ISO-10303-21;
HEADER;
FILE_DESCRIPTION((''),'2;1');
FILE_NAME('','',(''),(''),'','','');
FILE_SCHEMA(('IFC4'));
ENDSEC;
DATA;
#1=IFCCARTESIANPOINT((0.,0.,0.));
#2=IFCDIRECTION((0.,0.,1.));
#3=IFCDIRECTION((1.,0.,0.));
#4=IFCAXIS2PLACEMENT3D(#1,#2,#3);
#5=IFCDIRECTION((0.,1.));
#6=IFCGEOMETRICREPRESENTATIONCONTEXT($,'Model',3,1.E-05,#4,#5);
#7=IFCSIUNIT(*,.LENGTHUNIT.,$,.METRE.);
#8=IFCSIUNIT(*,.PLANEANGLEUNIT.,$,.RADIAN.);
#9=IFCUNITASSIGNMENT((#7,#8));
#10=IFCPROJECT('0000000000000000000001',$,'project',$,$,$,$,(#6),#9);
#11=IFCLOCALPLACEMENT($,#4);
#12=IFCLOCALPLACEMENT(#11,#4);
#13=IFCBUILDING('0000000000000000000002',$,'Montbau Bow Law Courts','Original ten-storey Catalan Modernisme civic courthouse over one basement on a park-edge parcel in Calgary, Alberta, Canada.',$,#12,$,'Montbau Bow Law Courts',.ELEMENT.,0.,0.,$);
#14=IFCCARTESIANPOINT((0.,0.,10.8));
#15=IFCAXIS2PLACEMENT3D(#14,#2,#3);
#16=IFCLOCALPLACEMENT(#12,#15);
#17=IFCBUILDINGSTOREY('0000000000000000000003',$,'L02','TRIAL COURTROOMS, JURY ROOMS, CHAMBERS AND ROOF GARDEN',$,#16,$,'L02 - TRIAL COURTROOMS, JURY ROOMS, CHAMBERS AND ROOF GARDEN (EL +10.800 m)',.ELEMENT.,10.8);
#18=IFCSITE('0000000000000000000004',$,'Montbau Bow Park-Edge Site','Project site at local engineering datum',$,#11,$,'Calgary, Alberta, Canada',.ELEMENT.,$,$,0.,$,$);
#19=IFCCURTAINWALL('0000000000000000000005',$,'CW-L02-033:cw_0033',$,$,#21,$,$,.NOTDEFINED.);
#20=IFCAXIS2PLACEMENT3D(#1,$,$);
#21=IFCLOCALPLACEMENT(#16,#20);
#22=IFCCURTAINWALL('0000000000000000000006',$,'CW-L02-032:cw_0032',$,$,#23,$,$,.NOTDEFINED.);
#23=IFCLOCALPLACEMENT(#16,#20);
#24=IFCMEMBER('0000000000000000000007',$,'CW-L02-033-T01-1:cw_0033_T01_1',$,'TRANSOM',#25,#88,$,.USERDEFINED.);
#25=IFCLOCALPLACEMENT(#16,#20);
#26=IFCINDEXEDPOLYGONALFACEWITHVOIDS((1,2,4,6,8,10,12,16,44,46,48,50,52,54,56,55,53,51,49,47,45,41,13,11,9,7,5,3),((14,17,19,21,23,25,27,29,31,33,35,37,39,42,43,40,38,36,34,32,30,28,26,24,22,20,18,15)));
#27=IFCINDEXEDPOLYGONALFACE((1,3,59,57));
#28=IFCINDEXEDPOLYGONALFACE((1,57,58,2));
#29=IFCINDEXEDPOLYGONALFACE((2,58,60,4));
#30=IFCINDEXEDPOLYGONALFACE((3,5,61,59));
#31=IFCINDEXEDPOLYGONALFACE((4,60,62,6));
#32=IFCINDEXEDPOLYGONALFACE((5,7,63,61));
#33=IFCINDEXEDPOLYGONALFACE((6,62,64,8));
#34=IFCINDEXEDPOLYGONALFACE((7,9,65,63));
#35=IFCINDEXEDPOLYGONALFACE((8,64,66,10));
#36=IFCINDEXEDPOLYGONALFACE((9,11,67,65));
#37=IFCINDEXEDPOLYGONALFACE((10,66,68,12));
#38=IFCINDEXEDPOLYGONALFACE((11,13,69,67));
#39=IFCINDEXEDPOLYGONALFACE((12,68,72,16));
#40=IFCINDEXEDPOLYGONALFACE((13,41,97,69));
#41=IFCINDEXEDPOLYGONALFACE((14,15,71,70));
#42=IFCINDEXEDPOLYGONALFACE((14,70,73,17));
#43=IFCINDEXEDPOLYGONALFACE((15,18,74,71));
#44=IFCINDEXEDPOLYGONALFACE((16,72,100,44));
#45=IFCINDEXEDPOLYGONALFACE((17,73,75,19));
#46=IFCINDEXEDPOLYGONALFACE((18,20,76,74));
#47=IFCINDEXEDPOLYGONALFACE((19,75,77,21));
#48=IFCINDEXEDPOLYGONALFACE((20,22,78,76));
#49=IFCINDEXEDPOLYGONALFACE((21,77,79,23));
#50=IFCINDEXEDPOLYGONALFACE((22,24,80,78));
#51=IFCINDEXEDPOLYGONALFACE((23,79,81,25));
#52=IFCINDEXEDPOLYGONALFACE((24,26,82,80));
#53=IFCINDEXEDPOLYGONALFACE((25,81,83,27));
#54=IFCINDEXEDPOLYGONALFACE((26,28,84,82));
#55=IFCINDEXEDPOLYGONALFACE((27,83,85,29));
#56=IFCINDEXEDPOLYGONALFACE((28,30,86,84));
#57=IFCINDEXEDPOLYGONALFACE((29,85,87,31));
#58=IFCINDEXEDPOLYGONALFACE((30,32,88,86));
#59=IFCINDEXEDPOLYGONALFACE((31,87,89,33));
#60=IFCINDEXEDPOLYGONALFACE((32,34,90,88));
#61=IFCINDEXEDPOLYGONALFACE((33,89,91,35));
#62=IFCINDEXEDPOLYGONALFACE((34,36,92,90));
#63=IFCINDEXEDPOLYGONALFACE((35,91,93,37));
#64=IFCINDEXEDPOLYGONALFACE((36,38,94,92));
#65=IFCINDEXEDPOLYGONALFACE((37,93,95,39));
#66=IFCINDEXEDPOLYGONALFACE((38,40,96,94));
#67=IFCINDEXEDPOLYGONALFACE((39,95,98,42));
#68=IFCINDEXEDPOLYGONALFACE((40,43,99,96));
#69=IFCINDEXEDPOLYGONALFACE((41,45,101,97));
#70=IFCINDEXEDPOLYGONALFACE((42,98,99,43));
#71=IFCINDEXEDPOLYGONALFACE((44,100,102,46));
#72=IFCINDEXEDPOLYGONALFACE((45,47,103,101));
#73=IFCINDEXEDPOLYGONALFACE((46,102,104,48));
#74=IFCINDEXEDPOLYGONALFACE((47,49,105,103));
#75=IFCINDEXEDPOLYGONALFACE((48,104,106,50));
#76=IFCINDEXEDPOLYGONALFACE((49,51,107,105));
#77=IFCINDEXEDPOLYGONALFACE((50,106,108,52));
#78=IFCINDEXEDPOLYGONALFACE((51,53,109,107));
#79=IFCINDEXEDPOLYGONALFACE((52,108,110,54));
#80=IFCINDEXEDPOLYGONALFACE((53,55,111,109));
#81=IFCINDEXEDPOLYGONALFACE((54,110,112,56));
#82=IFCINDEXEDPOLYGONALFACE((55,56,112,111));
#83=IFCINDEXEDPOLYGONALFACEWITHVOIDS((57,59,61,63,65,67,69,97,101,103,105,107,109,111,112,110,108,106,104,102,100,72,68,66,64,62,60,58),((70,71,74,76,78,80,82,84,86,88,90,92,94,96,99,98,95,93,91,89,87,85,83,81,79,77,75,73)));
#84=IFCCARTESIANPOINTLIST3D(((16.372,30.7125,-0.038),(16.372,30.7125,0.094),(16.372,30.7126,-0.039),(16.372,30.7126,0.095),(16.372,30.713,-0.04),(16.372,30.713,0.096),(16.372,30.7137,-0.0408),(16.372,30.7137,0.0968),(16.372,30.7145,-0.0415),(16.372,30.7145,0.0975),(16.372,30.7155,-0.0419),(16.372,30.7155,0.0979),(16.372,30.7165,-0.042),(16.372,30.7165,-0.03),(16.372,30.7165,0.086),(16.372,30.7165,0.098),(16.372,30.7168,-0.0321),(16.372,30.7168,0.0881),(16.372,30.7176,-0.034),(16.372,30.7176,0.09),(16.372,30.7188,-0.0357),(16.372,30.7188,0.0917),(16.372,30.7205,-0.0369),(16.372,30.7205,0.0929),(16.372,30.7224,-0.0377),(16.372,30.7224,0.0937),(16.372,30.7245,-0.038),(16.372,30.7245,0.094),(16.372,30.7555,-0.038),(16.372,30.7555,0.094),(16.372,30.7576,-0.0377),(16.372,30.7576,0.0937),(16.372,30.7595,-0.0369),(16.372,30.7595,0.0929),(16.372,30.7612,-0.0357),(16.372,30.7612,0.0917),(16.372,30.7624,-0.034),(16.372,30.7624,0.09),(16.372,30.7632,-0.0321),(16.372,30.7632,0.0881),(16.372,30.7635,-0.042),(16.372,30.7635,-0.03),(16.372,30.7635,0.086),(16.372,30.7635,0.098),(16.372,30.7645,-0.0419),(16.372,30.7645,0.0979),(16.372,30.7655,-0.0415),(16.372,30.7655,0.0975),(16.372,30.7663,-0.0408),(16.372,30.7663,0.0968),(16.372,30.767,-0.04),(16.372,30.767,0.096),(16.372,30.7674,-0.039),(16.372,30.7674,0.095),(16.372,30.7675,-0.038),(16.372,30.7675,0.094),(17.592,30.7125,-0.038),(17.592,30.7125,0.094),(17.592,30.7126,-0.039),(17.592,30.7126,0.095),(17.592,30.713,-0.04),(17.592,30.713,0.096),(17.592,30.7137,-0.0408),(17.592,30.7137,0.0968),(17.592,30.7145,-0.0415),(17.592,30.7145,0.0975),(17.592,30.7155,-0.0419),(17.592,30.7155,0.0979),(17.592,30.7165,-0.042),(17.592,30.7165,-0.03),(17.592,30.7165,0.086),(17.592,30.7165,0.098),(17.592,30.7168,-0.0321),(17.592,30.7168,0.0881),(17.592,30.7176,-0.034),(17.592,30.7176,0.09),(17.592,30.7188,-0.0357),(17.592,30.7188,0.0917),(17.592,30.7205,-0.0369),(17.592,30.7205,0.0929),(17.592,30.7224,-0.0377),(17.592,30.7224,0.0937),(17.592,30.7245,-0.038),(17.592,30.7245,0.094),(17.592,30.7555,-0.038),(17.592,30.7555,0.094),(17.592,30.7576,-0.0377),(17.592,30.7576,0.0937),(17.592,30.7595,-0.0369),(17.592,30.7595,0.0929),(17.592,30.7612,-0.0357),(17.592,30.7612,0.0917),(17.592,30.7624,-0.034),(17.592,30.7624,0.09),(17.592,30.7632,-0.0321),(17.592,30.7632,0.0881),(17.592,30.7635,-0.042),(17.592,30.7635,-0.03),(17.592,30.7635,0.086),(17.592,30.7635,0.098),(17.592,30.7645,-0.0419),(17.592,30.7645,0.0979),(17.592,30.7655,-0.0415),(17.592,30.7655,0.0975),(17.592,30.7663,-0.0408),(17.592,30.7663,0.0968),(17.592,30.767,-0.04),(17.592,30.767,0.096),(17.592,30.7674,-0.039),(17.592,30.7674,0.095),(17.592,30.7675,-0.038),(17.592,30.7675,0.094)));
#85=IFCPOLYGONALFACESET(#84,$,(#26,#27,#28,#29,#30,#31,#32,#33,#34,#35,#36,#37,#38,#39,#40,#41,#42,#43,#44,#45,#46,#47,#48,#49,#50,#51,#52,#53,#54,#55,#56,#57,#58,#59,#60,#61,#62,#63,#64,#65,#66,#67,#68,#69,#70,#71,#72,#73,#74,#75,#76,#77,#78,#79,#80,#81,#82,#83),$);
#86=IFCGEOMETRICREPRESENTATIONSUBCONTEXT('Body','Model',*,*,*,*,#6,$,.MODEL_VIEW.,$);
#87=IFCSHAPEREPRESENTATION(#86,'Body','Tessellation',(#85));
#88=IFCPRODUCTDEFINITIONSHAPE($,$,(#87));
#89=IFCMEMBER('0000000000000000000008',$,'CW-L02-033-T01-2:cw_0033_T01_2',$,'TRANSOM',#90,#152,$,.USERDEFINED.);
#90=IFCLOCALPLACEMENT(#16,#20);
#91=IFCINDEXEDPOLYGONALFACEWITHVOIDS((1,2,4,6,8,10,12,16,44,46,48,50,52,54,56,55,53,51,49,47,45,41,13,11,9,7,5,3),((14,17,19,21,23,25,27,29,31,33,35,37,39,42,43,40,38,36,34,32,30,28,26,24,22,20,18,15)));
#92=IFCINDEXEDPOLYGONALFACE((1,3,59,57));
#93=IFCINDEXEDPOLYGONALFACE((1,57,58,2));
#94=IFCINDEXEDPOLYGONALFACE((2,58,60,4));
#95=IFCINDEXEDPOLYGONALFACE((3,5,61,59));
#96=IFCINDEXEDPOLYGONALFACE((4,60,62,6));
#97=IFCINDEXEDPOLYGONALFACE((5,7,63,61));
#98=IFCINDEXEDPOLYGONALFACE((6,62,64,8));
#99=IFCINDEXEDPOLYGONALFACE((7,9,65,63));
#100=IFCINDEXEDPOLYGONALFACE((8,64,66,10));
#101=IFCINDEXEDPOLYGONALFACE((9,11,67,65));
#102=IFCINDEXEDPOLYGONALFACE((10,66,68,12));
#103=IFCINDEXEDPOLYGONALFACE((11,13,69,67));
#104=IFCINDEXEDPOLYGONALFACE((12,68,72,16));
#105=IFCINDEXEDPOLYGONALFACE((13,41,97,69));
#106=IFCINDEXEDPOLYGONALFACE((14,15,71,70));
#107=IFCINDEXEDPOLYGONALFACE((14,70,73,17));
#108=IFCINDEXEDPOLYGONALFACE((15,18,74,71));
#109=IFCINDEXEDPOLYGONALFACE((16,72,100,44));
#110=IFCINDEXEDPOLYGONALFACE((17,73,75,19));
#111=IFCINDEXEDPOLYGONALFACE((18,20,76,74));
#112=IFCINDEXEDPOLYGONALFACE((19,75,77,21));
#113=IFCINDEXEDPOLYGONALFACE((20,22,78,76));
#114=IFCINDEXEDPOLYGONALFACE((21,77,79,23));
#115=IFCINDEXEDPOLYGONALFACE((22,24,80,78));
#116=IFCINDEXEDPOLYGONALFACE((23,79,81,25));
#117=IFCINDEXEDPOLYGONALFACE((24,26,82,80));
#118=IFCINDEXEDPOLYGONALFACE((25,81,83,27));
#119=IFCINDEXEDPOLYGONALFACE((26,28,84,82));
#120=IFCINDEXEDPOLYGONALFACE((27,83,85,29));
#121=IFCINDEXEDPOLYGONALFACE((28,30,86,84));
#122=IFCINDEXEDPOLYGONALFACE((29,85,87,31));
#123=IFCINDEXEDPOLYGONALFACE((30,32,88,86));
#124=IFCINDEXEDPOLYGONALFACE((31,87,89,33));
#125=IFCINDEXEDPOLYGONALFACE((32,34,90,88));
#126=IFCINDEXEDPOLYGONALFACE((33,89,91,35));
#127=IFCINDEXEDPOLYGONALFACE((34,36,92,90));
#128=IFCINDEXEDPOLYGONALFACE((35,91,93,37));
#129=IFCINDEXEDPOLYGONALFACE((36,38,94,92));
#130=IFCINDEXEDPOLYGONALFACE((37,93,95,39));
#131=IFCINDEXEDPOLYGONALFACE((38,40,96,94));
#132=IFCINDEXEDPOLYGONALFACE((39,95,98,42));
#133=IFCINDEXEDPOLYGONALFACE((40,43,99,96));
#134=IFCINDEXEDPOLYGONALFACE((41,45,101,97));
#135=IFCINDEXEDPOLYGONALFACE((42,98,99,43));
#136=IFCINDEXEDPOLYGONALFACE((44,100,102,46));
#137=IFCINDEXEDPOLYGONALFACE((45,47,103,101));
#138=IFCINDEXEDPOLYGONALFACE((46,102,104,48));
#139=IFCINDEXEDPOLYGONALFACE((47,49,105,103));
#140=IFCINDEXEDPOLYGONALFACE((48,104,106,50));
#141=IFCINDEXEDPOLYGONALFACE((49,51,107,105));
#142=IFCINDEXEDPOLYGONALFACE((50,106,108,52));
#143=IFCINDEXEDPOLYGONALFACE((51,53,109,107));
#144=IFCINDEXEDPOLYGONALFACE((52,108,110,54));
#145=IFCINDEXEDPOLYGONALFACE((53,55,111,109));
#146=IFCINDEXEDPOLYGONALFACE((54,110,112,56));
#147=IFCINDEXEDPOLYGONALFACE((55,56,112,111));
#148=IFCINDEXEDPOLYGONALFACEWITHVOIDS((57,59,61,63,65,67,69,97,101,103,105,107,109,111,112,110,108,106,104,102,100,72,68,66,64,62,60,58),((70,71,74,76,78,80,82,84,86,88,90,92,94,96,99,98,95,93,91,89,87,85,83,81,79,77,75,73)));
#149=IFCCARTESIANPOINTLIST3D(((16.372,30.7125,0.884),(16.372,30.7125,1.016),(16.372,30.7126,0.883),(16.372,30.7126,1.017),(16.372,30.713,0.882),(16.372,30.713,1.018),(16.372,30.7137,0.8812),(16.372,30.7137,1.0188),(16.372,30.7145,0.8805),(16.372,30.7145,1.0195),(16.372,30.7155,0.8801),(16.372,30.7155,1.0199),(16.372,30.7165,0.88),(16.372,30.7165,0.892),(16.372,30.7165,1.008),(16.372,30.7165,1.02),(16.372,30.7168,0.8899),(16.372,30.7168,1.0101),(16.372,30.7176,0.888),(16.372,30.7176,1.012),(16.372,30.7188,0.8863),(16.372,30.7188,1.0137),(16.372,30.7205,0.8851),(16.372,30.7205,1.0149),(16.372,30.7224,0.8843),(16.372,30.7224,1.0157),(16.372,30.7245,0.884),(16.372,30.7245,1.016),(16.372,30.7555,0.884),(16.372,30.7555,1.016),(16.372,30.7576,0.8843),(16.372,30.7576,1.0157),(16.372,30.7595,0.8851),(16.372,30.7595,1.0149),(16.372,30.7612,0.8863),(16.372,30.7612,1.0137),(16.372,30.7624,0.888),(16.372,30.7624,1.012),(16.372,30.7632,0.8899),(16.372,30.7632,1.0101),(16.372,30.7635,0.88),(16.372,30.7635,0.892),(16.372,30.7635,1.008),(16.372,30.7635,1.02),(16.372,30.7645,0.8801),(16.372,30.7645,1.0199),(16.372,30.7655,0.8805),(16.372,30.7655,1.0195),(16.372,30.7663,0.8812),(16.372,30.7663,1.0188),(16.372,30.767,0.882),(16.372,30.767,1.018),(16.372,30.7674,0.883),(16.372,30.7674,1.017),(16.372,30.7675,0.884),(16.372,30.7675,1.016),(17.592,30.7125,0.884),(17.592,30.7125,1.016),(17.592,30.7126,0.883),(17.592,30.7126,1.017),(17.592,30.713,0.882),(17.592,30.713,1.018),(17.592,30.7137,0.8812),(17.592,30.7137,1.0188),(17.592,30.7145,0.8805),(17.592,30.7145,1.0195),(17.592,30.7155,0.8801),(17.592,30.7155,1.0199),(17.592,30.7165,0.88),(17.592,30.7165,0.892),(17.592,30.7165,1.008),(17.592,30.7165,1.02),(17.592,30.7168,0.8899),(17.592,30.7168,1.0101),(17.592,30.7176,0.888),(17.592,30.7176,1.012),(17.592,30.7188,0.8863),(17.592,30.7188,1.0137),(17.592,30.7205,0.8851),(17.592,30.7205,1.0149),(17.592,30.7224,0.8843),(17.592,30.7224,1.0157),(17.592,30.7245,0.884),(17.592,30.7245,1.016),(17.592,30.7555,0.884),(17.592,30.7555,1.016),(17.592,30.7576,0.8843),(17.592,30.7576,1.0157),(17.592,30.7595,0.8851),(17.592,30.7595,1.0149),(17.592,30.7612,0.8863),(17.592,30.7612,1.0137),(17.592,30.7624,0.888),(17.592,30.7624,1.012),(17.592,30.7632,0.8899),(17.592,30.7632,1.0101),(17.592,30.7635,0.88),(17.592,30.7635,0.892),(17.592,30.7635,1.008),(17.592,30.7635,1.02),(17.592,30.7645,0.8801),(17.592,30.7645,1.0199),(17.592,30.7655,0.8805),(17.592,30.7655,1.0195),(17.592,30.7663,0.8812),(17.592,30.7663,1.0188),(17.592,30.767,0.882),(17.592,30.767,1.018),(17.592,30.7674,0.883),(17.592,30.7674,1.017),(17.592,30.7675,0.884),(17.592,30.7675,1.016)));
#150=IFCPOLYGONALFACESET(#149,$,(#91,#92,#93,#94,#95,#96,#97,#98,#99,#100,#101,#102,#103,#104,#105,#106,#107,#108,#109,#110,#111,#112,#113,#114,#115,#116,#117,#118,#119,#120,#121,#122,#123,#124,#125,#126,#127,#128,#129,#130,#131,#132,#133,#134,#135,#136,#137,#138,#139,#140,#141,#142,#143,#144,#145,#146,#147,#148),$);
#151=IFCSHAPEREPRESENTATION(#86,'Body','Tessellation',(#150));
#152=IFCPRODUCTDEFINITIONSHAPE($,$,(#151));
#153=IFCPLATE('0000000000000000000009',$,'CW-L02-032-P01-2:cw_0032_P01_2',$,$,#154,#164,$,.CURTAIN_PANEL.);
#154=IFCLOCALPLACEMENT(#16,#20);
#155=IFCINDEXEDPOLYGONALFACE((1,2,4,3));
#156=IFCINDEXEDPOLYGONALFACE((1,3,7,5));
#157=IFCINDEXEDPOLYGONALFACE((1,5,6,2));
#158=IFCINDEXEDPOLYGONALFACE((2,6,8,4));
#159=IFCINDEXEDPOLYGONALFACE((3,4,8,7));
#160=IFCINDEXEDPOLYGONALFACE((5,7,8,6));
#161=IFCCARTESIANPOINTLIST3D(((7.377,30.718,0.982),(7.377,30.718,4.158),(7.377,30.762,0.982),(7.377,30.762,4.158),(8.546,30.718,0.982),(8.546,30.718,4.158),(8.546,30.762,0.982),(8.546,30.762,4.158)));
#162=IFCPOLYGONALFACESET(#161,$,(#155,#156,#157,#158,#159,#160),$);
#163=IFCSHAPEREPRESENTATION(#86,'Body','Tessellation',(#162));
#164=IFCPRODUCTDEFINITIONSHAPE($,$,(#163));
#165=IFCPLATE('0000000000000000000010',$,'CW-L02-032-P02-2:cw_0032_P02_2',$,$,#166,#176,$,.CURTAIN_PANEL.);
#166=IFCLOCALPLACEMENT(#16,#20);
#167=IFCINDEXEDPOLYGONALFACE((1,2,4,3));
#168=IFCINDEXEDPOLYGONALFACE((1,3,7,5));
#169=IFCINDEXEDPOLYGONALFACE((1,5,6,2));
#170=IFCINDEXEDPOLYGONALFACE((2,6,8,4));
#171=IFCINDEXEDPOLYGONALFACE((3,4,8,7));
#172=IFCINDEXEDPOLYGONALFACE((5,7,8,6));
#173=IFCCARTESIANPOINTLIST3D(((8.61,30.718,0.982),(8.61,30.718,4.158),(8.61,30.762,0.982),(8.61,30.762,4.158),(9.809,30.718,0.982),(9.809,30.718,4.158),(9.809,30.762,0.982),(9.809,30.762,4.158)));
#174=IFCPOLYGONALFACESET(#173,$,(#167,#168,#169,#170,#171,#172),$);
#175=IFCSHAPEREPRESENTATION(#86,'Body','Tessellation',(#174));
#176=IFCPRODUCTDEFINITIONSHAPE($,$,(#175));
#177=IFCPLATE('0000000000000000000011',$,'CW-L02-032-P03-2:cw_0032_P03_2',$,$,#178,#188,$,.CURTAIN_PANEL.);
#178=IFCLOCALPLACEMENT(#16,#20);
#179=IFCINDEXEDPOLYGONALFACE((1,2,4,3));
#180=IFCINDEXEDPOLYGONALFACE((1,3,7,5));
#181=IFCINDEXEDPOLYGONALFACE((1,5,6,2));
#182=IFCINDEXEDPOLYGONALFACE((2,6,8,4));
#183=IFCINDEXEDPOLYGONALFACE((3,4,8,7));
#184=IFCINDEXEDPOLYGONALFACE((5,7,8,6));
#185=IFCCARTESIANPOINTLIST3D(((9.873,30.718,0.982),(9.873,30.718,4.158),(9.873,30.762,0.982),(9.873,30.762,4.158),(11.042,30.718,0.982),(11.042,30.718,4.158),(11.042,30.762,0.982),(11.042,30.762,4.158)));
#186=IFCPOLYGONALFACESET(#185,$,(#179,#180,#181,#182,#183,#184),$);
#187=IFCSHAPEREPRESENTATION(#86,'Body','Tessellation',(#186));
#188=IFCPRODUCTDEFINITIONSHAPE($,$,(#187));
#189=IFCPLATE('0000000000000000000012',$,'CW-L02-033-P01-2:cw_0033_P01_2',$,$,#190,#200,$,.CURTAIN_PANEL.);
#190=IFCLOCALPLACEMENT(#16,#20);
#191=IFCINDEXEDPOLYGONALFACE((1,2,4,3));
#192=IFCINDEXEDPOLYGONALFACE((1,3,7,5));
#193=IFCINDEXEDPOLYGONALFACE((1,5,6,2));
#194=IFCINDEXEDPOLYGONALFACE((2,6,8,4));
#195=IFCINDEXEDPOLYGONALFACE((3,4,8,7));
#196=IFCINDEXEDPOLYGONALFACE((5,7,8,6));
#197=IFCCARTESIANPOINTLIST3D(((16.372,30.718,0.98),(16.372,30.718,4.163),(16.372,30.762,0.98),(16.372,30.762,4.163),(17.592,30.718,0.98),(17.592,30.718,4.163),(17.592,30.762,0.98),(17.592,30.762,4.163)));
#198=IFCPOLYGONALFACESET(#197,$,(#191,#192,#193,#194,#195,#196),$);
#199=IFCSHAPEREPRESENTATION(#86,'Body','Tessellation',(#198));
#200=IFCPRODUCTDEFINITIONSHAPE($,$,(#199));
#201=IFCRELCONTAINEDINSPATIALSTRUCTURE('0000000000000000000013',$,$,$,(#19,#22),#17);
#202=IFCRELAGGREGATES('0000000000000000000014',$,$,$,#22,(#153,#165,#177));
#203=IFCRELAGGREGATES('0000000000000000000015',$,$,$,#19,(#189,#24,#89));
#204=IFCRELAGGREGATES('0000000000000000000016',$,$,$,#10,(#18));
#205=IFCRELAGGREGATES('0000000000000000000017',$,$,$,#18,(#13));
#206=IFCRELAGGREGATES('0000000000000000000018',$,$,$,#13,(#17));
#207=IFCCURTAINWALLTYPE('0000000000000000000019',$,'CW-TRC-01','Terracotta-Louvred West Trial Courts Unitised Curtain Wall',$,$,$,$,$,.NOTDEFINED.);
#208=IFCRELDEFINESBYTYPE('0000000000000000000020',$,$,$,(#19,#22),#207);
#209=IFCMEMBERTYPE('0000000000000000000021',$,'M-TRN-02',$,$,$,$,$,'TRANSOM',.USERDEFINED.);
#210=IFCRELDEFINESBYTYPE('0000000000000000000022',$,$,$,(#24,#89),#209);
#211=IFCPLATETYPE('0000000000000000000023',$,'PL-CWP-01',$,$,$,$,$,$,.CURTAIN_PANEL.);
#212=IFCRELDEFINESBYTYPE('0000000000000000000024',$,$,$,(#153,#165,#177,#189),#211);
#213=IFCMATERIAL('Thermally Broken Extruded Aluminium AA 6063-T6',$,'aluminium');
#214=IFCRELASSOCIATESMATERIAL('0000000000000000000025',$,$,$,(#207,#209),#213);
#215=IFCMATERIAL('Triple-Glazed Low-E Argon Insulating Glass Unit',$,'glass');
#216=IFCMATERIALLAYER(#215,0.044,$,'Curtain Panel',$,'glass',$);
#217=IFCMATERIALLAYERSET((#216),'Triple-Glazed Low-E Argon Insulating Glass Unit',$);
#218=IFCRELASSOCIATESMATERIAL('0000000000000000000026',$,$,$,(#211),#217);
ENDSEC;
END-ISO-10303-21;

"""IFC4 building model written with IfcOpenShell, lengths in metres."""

from ifc_helpers import new_model, si_unit, direction, frame, frame_2d, origin_with_axes, origin_2d_with_axis, place, context, subcontext, project, spatial, rectangle, hollow_rectangle, extrude, material, layer, layer_set, material_profile, profile_set, type_object, element, aggregate, save


model = new_model("IFC4")

# Units and contexts
model_context = context("Model", 3, precision=1e-05, world=origin_with_axes(), true_north=direction((0.0, 1.0)))
body_context = subcontext(model_context, "Body", "Model", "MODEL_VIEW")
ifc_project = project(units=[si_unit("LENGTHUNIT", "METRE"), si_unit("PLANEANGLEUNIT", "RADIAN")], contexts=[model_context])

# Site, building, storey
site_placement = place(None, origin_with_axes())
site = spatial("IfcSite", under=ifc_project, at=site_placement, Name="Montbau Bow Park-Edge Site", Description="Project site at local engineering datum", LongName="Calgary, Alberta, Canada", CompositionType="ELEMENT", RefElevation=0.0)
building_placement = place(site_placement, origin_with_axes())
building = spatial("IfcBuilding", under=site, at=building_placement, Name="Montbau Bow Law Courts", Description="Original ten-storey Catalan Modernisme civic courthouse over one basement on a park-edge parcel in Calgary, Alberta, Canada.", LongName="Montbau Bow Law Courts", CompositionType="ELEMENT", ElevationOfRefHeight=0.0, ElevationOfTerrain=0.0)
storey_placement = place(building_placement, frame((0.0, 0.0, 10.8), z_axis=(0.0, 0.0, 1.0), x_axis=(1.0, 0.0, 0.0)))
storey = spatial("IfcBuildingStorey", under=building, at=storey_placement, Name="L02", Description="TRIAL COURTROOMS, JURY ROOMS, CHAMBERS AND ROOF GARDEN", LongName="L02 - TRIAL COURTROOMS, JURY ROOMS, CHAMBERS AND ROOF GARDEN (EL +10.800 m)", CompositionType="ELEMENT", Elevation=10.8)

# Curtain wall
ifc_material_1 = material(Name="Thermally Broken Extruded Aluminium AA 6063-T6", Category="aluminium")
curtain_wall_type = type_object("IfcCurtainWallType", Name="CW-TRC-01", Description="Terracotta-Louvred West Trial Courts Unitised Curtain Wall", PredefinedType="NOTDEFINED", material=ifc_material_1)
curtain_wall_1_placement = place(None, frame((16.296, 30.74, 10.8), z_axis=(0.0, 0.0, 1.0), x_axis=(1.0, 0.0, 0.0)))
curtain_wall_1 = element("IfcCurtainWall", 1, at=curtain_wall_1_placement, inside=storey, type_object=curtain_wall_type, Name="CW-L02-033:cw_0033", PredefinedType="NOTDEFINED")

# Curtain wall
curtain_wall_2_placement = place(None, frame((7.315, 30.74, 10.8), z_axis=(0.0, 0.0, 1.0), x_axis=(1.0, 0.0, 0.0)))
curtain_wall_2 = element("IfcCurtainWall", 2, at=curtain_wall_2_placement, inside=storey, type_object=curtain_wall_type, Name="CW-L02-032:cw_0032", PredefinedType="NOTDEFINED")

# Members
ifc_material_profile_1 = material_profile(ifc_material_1, hollow_rectangle(XDim=0.055, YDim=0.14, WallThickness=0.004, InnerFilletRadius=0.008, OuterFilletRadius=0.004, at=origin_2d_with_axis()), Name="CWT-140X55", Category="Main", Priority=0)
ifc_profile_set_1 = profile_set([ifc_material_profile_1], Name="Thermally Broken Extruded Aluminium AA 6063-T6")
member_type_1 = type_object("IfcMemberType", Name="M-TRN-02", ElementType="TRANSOM", PredefinedType="USERDEFINED", material=ifc_profile_set_1)
member_1_placement = place(None, frame((16.372, 30.74, 10.828), z_axis=(1.0, 0.0, 0.0), x_axis=(0.0, 1.0, 0.0)))
member_1 = element("IfcMember", 3, at=member_1_placement, type_object=member_type_1, Name="CW-L02-033-T01-1:cw_0033_T01_1", ObjectType="TRANSOM", PredefinedType="USERDEFINED", context=body_context, shape_type="SweptSolid", body=[
    extrude(hollow_rectangle(XDim=0.055, YDim=0.14, WallThickness=0.004, InnerFilletRadius=0.008, OuterFilletRadius=0.004, at=origin_2d_with_axis()), origin_with_axes(), (0.0, 0.0, 1.0), 1.22),
])
member_2_placement = place(None, frame((16.372, 30.74, 11.75), z_axis=(1.0, 0.0, 0.0), x_axis=(0.0, 1.0, 0.0)))
member_2 = element("IfcMember", 4, at=member_2_placement, type_object=member_type_1, Name="CW-L02-033-T01-2:cw_0033_T01_2", ObjectType="TRANSOM", PredefinedType="USERDEFINED", context=body_context, shape_type="SweptSolid", body=[
    extrude(hollow_rectangle(XDim=0.055, YDim=0.14, WallThickness=0.004, InnerFilletRadius=0.008, OuterFilletRadius=0.004, at=origin_2d_with_axis()), origin_with_axes(), (0.0, 0.0, 1.0), 1.22),
])

# Plates
ifc_material_2 = material(Name="Triple-Glazed Low-E Argon Insulating Glass Unit", Category="glass")
ifc_layer_1 = layer(ifc_material_2, 0.044, Name="Curtain Panel", Category="glass")
ifc_layer_set_1 = layer_set([ifc_layer_1], Name="Triple-Glazed Low-E Argon Insulating Glass Unit")
plate_type_1 = type_object("IfcPlateType", Name="PL-CWP-01", PredefinedType="CURTAIN_PANEL", material=ifc_layer_set_1)
plate_1_placement = place(None, frame((7.377, 30.74, 11.782), z_axis=(0.0, -1.0, 0.0), x_axis=(1.0, 0.0, 0.0)))
plate_1 = element("IfcPlate", 5, at=plate_1_placement, type_object=plate_type_1, Name="CW-L02-032-P01-2:cw_0032_P01_2", PredefinedType="CURTAIN_PANEL", context=body_context, shape_type="SweptSolid", body=[
    extrude(rectangle(XDim=1.169, YDim=3.176, at=frame_2d((0.5845, 1.588), x_axis=(1.0, 0.0))), frame((0.0, 0.0, -0.022), z_axis=(0.0, 0.0, 1.0), x_axis=(1.0, 0.0, 0.0)), (0.0, 0.0, 1.0), 0.044),
])
plate_2_placement = place(None, frame((8.61, 30.74, 11.782), z_axis=(0.0, -1.0, 0.0), x_axis=(1.0, 0.0, 0.0)))
plate_2 = element("IfcPlate", 6, at=plate_2_placement, type_object=plate_type_1, Name="CW-L02-032-P02-2:cw_0032_P02_2", PredefinedType="CURTAIN_PANEL", context=body_context, shape_type="SweptSolid", body=[
    extrude(rectangle(XDim=1.199, YDim=3.176, at=frame_2d((0.5995, 1.588), x_axis=(1.0, 0.0))), frame((0.0, 0.0, -0.022), z_axis=(0.0, 0.0, 1.0), x_axis=(1.0, 0.0, 0.0)), (0.0, 0.0, 1.0), 0.044),
])
plate_3_placement = place(None, frame((9.873, 30.74, 11.782), z_axis=(0.0, -1.0, 0.0), x_axis=(1.0, 0.0, 0.0)))
plate_3 = element("IfcPlate", 7, at=plate_3_placement, type_object=plate_type_1, Name="CW-L02-032-P03-2:cw_0032_P03_2", PredefinedType="CURTAIN_PANEL", context=body_context, shape_type="SweptSolid", body=[
    extrude(rectangle(XDim=1.169, YDim=3.176, at=frame_2d((0.5845, 1.588), x_axis=(1.0, 0.0))), frame((0.0, 0.0, -0.022), z_axis=(0.0, 0.0, 1.0), x_axis=(1.0, 0.0, 0.0)), (0.0, 0.0, 1.0), 0.044),
])
plate_4_placement = place(None, frame((16.372, 30.74, 11.78), z_axis=(0.0, -1.0, 0.0), x_axis=(1.0, 0.0, 0.0)))
plate_4 = element("IfcPlate", 8, at=plate_4_placement, type_object=plate_type_1, Name="CW-L02-033-P01-2:cw_0033_P01_2", PredefinedType="CURTAIN_PANEL", context=body_context, shape_type="SweptSolid", body=[
    extrude(rectangle(XDim=1.22, YDim=3.183, at=frame_2d((0.61, 1.5915), x_axis=(1.0, 0.0))), frame((0.0, 0.0, -0.022), z_axis=(0.0, 0.0, 1.0), x_axis=(1.0, 0.0, 0.0)), (0.0, 0.0, 1.0), 0.044),
])
aggregate(curtain_wall_2, [plate_1, plate_2, plate_3])
aggregate(curtain_wall_1, [plate_4, member_1, member_2])

save(model, "model.ifc")
